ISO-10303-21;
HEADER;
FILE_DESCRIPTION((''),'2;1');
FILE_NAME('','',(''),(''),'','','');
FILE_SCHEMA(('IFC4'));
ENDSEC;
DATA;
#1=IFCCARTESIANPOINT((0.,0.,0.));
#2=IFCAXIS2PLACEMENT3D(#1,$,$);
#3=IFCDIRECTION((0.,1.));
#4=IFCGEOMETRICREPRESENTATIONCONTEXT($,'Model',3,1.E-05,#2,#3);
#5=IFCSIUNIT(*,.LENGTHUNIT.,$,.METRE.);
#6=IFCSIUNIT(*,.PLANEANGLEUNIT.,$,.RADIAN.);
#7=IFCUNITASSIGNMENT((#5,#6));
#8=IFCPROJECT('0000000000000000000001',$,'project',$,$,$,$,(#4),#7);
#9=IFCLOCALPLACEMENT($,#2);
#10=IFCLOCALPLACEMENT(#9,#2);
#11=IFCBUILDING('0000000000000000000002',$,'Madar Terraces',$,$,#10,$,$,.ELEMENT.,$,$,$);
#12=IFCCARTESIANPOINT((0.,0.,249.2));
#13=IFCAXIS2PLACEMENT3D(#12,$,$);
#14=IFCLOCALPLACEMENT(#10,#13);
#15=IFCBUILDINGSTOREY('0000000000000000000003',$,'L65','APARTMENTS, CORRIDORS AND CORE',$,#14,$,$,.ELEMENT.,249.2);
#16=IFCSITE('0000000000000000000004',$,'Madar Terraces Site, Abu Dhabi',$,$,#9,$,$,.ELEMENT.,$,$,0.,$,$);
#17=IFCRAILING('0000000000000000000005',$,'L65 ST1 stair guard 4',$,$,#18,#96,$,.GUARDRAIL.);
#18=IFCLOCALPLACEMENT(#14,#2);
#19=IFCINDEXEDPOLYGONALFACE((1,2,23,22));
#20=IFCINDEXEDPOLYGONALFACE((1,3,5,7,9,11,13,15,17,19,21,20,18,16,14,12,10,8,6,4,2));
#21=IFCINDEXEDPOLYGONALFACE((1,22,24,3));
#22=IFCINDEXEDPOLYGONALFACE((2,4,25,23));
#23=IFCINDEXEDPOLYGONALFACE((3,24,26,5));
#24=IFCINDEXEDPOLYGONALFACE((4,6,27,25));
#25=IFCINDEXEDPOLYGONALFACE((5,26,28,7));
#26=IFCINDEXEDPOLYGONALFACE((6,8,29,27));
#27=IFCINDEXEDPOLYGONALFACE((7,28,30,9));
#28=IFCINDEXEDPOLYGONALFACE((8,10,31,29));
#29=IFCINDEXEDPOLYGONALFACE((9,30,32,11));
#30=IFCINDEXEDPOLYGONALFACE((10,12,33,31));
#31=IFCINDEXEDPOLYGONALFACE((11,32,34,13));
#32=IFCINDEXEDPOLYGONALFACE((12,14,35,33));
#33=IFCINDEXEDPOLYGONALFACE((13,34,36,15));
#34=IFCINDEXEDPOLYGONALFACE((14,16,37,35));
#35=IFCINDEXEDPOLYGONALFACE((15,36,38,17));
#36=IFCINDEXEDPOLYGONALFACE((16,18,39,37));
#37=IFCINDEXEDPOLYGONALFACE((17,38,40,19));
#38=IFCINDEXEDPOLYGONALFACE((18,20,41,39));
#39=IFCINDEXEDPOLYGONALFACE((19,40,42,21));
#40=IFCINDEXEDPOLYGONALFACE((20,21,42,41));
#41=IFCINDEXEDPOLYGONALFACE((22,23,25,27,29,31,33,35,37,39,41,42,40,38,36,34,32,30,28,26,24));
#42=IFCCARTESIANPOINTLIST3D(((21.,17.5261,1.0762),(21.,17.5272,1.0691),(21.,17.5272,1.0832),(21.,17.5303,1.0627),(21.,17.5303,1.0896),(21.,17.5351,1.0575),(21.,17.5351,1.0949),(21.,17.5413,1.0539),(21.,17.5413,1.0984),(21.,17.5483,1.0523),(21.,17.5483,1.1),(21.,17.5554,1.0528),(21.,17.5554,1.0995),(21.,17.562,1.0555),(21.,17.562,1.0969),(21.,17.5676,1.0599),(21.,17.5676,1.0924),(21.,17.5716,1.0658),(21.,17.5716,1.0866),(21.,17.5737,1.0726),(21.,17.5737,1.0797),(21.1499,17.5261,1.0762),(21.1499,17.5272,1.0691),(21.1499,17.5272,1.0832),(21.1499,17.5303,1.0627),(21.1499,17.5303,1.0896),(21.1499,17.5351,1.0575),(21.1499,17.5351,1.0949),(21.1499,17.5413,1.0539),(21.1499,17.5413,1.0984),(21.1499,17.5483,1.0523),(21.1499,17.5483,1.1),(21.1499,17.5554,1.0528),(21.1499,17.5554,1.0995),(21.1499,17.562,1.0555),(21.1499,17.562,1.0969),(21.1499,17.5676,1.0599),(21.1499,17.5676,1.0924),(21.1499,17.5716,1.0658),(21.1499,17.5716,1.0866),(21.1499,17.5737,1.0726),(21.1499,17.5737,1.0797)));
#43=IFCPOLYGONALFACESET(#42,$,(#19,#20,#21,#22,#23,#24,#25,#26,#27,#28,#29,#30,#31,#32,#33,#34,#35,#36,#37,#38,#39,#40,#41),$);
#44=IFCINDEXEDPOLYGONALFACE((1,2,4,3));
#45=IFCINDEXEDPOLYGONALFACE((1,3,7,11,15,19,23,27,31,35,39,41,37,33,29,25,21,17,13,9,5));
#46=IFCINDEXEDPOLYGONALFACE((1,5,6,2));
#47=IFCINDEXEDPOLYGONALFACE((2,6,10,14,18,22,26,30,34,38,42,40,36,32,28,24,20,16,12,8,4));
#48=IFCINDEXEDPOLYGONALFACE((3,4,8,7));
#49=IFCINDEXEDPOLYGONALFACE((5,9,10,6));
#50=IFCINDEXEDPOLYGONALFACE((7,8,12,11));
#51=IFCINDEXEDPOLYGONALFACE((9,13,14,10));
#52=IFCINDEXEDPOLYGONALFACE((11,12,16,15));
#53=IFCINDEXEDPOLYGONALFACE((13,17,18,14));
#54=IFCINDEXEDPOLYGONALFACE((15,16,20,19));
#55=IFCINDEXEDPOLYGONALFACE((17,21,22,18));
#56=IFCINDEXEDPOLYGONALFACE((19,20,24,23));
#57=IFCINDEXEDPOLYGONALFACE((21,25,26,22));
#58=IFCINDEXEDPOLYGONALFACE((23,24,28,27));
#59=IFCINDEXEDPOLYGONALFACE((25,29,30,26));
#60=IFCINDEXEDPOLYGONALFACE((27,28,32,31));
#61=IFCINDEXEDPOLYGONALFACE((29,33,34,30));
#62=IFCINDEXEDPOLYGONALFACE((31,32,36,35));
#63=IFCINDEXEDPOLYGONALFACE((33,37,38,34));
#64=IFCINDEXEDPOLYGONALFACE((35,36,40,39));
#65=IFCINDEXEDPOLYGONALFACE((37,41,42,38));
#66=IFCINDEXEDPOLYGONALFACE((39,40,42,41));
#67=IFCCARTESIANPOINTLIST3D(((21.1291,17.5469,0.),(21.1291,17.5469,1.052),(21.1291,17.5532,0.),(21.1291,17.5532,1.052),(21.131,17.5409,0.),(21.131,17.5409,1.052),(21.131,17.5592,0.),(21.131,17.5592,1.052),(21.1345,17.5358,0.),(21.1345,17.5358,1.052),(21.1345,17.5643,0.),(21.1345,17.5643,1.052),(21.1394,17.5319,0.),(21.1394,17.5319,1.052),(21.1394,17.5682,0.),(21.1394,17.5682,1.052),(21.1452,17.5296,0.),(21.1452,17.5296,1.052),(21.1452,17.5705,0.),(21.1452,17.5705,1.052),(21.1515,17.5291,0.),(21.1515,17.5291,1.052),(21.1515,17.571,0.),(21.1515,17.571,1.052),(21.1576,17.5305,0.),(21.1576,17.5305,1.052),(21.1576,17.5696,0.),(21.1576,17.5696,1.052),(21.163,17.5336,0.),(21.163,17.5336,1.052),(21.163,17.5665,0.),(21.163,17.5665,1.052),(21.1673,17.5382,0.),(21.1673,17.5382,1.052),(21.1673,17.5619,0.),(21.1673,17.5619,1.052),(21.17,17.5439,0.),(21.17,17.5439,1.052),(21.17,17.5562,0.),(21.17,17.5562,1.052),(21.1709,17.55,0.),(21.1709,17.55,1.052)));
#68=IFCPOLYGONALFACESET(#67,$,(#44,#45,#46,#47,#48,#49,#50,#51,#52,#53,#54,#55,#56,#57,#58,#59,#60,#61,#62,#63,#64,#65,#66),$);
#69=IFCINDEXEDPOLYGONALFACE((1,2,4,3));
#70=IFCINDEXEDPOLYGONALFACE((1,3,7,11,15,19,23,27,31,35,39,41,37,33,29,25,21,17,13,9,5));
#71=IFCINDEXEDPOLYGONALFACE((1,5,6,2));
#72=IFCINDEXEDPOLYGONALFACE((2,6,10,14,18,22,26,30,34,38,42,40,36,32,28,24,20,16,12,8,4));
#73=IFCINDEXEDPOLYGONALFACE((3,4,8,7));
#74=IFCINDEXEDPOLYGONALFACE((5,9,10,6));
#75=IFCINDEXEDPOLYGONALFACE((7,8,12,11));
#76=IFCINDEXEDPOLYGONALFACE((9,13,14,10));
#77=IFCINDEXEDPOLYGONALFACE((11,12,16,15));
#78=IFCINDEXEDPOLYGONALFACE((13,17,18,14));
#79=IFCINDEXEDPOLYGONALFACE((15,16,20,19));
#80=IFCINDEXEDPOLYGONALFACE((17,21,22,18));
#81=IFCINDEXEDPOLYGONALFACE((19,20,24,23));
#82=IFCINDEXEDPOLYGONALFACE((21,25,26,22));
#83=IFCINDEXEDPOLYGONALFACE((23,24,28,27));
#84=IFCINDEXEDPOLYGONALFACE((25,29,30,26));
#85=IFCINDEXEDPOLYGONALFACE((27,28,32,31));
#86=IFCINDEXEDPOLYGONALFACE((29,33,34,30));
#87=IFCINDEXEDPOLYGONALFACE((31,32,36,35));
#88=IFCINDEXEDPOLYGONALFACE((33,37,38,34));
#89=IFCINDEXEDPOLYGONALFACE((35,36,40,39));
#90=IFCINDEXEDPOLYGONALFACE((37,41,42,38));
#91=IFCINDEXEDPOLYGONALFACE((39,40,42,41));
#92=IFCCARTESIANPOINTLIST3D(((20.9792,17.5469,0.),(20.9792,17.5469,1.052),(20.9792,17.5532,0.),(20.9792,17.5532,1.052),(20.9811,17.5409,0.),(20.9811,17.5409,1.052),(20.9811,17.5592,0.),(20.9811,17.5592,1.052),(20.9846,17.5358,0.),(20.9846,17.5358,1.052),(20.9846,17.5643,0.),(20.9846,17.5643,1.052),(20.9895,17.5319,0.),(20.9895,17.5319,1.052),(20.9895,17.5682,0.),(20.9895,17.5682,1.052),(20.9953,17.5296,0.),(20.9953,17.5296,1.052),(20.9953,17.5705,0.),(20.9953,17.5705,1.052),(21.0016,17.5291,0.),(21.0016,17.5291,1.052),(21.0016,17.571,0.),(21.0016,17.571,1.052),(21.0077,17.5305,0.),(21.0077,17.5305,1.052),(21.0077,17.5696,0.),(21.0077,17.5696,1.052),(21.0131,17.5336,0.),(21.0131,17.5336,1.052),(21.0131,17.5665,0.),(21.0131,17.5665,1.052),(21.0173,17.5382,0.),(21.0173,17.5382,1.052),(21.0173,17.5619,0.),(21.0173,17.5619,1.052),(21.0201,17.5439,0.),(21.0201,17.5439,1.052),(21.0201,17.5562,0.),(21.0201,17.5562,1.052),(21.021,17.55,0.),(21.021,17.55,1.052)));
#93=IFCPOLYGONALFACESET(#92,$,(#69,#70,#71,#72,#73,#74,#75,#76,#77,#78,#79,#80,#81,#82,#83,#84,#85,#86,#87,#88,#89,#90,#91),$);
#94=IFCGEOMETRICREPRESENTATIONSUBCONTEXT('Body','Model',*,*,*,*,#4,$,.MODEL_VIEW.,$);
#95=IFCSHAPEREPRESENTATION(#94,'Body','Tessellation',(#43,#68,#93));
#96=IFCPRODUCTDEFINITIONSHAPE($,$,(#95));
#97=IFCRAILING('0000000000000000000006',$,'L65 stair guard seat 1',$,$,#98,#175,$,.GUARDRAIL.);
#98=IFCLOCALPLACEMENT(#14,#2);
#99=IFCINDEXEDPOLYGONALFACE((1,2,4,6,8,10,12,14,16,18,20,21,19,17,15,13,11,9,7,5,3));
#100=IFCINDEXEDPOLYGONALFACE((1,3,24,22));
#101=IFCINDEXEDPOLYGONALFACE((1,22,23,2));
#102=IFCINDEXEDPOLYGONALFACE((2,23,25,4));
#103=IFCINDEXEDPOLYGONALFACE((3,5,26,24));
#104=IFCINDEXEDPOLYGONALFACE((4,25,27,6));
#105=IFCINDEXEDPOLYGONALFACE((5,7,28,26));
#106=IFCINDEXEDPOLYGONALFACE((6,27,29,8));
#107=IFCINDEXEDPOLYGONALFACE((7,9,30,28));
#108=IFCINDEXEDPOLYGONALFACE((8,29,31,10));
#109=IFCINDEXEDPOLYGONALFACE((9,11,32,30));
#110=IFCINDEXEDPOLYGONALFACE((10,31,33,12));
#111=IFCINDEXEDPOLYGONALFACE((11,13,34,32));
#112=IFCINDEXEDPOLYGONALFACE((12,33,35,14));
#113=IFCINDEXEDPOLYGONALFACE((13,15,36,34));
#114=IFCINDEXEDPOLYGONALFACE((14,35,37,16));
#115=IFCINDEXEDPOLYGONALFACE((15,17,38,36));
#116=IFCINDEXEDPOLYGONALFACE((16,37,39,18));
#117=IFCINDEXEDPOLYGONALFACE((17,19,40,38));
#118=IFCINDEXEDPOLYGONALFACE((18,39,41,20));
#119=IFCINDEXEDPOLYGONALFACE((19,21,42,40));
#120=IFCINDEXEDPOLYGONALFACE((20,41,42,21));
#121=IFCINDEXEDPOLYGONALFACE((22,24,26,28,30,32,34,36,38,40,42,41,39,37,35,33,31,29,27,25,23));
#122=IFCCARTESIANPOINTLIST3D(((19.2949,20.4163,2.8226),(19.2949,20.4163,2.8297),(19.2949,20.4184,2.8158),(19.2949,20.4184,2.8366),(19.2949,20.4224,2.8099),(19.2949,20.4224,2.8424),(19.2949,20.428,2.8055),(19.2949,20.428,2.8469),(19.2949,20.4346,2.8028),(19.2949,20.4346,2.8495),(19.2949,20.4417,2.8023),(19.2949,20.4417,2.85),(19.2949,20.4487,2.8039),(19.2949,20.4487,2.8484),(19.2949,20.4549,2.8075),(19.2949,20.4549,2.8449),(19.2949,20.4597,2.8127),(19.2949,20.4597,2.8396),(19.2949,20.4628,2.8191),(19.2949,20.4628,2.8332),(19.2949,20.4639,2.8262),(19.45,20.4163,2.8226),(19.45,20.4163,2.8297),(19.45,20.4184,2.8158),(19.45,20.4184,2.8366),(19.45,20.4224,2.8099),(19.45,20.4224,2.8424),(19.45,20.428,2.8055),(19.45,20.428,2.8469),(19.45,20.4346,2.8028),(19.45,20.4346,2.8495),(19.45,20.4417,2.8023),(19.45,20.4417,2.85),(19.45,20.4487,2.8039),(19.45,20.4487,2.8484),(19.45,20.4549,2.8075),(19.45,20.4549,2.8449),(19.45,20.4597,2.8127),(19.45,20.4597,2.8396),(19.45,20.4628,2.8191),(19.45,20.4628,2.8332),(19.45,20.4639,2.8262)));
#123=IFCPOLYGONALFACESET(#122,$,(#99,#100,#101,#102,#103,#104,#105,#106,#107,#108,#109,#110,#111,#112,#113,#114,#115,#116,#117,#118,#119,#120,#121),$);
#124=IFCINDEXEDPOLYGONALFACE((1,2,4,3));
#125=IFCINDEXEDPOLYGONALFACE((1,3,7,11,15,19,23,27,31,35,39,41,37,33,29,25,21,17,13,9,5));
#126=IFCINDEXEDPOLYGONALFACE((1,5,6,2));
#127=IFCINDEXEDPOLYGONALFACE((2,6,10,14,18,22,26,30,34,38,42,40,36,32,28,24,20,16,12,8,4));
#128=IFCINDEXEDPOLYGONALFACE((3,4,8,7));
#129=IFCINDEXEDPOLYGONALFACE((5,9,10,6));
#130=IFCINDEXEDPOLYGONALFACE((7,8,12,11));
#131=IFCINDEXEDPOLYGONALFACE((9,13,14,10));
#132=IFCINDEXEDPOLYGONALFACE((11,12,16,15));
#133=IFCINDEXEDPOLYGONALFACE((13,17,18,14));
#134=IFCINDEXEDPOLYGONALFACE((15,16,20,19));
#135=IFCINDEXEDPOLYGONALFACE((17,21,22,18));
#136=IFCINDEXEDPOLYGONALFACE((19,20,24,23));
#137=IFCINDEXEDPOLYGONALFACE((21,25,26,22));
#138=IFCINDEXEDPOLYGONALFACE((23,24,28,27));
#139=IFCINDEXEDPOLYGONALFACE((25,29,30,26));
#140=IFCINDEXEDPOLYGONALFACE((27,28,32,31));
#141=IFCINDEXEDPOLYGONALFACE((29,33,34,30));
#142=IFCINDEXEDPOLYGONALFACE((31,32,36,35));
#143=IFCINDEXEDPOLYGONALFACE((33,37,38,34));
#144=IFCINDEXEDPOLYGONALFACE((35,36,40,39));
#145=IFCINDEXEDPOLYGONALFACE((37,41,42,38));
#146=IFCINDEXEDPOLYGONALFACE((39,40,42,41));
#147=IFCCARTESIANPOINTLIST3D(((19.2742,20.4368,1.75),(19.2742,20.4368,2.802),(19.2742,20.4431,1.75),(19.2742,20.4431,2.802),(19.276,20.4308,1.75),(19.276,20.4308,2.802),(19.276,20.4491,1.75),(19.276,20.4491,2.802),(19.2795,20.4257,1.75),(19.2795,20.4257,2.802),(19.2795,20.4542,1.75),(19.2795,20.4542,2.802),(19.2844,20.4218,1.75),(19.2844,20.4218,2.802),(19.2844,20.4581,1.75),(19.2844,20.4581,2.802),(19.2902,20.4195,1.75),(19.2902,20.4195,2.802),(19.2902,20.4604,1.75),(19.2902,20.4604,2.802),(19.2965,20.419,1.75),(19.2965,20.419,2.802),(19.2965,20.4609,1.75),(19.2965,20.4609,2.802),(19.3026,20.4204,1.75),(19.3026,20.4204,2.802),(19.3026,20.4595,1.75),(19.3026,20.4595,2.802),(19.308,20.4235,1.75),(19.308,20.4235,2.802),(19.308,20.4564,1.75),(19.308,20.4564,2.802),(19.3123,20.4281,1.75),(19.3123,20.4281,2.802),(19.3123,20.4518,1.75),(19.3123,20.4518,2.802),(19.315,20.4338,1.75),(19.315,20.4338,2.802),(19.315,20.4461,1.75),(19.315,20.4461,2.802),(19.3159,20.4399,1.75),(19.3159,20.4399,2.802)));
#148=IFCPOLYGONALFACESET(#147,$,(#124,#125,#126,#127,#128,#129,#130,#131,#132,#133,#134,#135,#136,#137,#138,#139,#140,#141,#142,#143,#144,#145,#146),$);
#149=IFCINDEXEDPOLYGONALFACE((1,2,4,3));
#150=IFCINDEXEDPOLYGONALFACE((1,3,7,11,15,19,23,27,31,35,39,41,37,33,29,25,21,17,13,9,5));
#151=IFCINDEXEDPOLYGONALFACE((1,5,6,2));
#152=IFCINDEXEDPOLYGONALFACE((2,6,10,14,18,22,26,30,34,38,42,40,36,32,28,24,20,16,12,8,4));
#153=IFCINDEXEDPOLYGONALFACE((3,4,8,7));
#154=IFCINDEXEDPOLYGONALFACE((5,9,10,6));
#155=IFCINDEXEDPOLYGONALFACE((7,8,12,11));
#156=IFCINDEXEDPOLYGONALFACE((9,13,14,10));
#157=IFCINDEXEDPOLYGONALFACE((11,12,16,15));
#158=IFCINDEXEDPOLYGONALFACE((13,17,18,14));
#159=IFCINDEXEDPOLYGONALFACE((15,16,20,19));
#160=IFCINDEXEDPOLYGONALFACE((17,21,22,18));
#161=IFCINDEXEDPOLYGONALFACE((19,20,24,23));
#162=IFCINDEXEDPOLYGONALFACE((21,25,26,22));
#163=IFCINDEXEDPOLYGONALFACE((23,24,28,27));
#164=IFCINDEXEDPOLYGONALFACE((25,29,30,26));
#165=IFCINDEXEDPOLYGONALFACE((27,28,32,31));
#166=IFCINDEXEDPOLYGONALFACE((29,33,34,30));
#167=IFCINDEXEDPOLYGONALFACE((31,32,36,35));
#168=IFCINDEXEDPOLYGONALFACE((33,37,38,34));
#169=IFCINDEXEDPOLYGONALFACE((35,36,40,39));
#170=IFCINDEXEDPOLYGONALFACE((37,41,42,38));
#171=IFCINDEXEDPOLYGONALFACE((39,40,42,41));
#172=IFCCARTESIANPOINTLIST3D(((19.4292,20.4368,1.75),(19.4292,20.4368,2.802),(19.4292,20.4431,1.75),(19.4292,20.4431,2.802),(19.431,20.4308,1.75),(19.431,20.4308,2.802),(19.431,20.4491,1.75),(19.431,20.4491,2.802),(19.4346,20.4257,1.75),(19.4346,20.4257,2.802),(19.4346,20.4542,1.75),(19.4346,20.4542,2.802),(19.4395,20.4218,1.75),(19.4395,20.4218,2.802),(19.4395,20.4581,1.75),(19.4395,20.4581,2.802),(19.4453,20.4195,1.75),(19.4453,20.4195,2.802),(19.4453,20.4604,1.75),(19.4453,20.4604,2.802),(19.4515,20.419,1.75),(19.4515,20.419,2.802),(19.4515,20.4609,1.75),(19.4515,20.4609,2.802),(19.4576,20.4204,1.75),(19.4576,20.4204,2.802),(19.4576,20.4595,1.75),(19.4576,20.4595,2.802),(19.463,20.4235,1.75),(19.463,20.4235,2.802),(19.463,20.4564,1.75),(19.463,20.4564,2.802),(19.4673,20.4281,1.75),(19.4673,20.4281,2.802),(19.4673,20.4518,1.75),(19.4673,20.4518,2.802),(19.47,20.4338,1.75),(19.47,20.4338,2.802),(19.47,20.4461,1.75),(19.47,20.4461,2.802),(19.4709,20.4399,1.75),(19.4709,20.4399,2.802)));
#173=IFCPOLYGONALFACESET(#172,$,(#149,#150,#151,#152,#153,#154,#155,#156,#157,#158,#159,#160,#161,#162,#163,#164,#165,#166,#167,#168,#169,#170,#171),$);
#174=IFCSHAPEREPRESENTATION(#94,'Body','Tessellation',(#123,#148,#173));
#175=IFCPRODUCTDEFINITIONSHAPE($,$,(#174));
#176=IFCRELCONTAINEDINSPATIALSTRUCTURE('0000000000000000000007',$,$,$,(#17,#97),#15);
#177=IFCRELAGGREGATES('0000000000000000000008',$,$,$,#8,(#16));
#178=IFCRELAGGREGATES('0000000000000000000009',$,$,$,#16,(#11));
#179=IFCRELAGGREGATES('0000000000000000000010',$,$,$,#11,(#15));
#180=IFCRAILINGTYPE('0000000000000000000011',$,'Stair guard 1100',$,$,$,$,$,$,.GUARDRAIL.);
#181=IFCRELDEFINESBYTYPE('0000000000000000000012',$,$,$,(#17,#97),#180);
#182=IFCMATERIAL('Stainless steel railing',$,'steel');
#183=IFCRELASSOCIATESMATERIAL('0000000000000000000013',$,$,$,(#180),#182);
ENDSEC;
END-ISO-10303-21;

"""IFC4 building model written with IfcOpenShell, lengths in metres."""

from ifc_helpers import new_model, si_unit, direction, frame, origin, origin_2d, place, context, subcontext, project, spatial, circle, extrude, material, type_object, element, save


model = new_model("IFC4")

# Units and contexts
model_context = context("Model", 3, precision=1e-05, world=origin(), true_north=direction((0.0, 1.0)))
body_context = subcontext(model_context, "Body", "Model", "MODEL_VIEW")
ifc_project = project(units=[si_unit("LENGTHUNIT", "METRE"), si_unit("PLANEANGLEUNIT", "RADIAN")], contexts=[model_context])

# Site, building, storey
site_placement = place(None, origin())
site = spatial("IfcSite", under=ifc_project, at=site_placement, Name="Madar Terraces Site, Abu Dhabi", CompositionType="ELEMENT", RefElevation=0.0)
building_placement = place(site_placement, origin())
building = spatial("IfcBuilding", under=site, at=building_placement, Name="Madar Terraces", CompositionType="ELEMENT")
storey_placement = place(building_placement, frame((0.0, 0.0, 249.2)))
storey = spatial("IfcBuildingStorey", under=building, at=storey_placement, Name="L65", Description="APARTMENTS, CORRIDORS AND CORE", CompositionType="ELEMENT", Elevation=249.2)

# Railings
ifc_material_1 = material(Name="Stainless steel railing", Category="steel")
railing_type_1 = type_object("IfcRailingType", Name="Stair guard 1100", PredefinedType="GUARDRAIL", material=ifc_material_1)
railing_1_placement = place(storey_placement, frame((21.1499, 17.55, 0.0)))
element("IfcRailing", 1, at=railing_1_placement, inside=storey, type_object=railing_type_1, Name="L65 ST1 stair guard 4", PredefinedType="GUARDRAIL", context=body_context, shape_type="SweptSolid", body=[
    extrude(circle(Radius=0.0239, at=origin_2d()), frame((0.0, 0.0, 1.0762), z_axis=(-1.0, 0.0, 0.0), x_axis=(0.0, -1.0, 0.0)), (0.0, 0.0, 1.0), 0.1499),
    extrude(circle(Radius=0.021, at=origin_2d()), origin(), (0.0, 0.0, 1.0), 1.052),
    extrude(circle(Radius=0.021, at=origin_2d()), frame((-0.1499, 0.0, 0.0)), (0.0, 0.0, 1.0), 1.052),
])
for number, where, name in (
    (2, (19.2949, 20.4399, 1.75), "L65 stair guard seat 1"),
):
    element("IfcRailing", number, at=place(storey_placement, frame(where)), inside=storey, type_object=railing_type_1, Name=name, PredefinedType="GUARDRAIL", context=body_context, shape_type="SweptSolid", body=[
        extrude(circle(Radius=0.0239, at=origin_2d()), frame((0.0, 0.0, 1.0762), z_axis=(1.0, 0.0, 0.0), x_axis=(0.0, 1.0, 0.0)), (0.0, 0.0, 1.0), 0.155),
        extrude(circle(Radius=0.021, at=origin_2d()), origin(), (0.0, 0.0, 1.0), 1.052),
        extrude(circle(Radius=0.021, at=origin_2d()), frame((0.155, 0.0, 0.0)), (0.0, 0.0, 1.0), 1.052),
    ])

save(model, "model.ifc")
